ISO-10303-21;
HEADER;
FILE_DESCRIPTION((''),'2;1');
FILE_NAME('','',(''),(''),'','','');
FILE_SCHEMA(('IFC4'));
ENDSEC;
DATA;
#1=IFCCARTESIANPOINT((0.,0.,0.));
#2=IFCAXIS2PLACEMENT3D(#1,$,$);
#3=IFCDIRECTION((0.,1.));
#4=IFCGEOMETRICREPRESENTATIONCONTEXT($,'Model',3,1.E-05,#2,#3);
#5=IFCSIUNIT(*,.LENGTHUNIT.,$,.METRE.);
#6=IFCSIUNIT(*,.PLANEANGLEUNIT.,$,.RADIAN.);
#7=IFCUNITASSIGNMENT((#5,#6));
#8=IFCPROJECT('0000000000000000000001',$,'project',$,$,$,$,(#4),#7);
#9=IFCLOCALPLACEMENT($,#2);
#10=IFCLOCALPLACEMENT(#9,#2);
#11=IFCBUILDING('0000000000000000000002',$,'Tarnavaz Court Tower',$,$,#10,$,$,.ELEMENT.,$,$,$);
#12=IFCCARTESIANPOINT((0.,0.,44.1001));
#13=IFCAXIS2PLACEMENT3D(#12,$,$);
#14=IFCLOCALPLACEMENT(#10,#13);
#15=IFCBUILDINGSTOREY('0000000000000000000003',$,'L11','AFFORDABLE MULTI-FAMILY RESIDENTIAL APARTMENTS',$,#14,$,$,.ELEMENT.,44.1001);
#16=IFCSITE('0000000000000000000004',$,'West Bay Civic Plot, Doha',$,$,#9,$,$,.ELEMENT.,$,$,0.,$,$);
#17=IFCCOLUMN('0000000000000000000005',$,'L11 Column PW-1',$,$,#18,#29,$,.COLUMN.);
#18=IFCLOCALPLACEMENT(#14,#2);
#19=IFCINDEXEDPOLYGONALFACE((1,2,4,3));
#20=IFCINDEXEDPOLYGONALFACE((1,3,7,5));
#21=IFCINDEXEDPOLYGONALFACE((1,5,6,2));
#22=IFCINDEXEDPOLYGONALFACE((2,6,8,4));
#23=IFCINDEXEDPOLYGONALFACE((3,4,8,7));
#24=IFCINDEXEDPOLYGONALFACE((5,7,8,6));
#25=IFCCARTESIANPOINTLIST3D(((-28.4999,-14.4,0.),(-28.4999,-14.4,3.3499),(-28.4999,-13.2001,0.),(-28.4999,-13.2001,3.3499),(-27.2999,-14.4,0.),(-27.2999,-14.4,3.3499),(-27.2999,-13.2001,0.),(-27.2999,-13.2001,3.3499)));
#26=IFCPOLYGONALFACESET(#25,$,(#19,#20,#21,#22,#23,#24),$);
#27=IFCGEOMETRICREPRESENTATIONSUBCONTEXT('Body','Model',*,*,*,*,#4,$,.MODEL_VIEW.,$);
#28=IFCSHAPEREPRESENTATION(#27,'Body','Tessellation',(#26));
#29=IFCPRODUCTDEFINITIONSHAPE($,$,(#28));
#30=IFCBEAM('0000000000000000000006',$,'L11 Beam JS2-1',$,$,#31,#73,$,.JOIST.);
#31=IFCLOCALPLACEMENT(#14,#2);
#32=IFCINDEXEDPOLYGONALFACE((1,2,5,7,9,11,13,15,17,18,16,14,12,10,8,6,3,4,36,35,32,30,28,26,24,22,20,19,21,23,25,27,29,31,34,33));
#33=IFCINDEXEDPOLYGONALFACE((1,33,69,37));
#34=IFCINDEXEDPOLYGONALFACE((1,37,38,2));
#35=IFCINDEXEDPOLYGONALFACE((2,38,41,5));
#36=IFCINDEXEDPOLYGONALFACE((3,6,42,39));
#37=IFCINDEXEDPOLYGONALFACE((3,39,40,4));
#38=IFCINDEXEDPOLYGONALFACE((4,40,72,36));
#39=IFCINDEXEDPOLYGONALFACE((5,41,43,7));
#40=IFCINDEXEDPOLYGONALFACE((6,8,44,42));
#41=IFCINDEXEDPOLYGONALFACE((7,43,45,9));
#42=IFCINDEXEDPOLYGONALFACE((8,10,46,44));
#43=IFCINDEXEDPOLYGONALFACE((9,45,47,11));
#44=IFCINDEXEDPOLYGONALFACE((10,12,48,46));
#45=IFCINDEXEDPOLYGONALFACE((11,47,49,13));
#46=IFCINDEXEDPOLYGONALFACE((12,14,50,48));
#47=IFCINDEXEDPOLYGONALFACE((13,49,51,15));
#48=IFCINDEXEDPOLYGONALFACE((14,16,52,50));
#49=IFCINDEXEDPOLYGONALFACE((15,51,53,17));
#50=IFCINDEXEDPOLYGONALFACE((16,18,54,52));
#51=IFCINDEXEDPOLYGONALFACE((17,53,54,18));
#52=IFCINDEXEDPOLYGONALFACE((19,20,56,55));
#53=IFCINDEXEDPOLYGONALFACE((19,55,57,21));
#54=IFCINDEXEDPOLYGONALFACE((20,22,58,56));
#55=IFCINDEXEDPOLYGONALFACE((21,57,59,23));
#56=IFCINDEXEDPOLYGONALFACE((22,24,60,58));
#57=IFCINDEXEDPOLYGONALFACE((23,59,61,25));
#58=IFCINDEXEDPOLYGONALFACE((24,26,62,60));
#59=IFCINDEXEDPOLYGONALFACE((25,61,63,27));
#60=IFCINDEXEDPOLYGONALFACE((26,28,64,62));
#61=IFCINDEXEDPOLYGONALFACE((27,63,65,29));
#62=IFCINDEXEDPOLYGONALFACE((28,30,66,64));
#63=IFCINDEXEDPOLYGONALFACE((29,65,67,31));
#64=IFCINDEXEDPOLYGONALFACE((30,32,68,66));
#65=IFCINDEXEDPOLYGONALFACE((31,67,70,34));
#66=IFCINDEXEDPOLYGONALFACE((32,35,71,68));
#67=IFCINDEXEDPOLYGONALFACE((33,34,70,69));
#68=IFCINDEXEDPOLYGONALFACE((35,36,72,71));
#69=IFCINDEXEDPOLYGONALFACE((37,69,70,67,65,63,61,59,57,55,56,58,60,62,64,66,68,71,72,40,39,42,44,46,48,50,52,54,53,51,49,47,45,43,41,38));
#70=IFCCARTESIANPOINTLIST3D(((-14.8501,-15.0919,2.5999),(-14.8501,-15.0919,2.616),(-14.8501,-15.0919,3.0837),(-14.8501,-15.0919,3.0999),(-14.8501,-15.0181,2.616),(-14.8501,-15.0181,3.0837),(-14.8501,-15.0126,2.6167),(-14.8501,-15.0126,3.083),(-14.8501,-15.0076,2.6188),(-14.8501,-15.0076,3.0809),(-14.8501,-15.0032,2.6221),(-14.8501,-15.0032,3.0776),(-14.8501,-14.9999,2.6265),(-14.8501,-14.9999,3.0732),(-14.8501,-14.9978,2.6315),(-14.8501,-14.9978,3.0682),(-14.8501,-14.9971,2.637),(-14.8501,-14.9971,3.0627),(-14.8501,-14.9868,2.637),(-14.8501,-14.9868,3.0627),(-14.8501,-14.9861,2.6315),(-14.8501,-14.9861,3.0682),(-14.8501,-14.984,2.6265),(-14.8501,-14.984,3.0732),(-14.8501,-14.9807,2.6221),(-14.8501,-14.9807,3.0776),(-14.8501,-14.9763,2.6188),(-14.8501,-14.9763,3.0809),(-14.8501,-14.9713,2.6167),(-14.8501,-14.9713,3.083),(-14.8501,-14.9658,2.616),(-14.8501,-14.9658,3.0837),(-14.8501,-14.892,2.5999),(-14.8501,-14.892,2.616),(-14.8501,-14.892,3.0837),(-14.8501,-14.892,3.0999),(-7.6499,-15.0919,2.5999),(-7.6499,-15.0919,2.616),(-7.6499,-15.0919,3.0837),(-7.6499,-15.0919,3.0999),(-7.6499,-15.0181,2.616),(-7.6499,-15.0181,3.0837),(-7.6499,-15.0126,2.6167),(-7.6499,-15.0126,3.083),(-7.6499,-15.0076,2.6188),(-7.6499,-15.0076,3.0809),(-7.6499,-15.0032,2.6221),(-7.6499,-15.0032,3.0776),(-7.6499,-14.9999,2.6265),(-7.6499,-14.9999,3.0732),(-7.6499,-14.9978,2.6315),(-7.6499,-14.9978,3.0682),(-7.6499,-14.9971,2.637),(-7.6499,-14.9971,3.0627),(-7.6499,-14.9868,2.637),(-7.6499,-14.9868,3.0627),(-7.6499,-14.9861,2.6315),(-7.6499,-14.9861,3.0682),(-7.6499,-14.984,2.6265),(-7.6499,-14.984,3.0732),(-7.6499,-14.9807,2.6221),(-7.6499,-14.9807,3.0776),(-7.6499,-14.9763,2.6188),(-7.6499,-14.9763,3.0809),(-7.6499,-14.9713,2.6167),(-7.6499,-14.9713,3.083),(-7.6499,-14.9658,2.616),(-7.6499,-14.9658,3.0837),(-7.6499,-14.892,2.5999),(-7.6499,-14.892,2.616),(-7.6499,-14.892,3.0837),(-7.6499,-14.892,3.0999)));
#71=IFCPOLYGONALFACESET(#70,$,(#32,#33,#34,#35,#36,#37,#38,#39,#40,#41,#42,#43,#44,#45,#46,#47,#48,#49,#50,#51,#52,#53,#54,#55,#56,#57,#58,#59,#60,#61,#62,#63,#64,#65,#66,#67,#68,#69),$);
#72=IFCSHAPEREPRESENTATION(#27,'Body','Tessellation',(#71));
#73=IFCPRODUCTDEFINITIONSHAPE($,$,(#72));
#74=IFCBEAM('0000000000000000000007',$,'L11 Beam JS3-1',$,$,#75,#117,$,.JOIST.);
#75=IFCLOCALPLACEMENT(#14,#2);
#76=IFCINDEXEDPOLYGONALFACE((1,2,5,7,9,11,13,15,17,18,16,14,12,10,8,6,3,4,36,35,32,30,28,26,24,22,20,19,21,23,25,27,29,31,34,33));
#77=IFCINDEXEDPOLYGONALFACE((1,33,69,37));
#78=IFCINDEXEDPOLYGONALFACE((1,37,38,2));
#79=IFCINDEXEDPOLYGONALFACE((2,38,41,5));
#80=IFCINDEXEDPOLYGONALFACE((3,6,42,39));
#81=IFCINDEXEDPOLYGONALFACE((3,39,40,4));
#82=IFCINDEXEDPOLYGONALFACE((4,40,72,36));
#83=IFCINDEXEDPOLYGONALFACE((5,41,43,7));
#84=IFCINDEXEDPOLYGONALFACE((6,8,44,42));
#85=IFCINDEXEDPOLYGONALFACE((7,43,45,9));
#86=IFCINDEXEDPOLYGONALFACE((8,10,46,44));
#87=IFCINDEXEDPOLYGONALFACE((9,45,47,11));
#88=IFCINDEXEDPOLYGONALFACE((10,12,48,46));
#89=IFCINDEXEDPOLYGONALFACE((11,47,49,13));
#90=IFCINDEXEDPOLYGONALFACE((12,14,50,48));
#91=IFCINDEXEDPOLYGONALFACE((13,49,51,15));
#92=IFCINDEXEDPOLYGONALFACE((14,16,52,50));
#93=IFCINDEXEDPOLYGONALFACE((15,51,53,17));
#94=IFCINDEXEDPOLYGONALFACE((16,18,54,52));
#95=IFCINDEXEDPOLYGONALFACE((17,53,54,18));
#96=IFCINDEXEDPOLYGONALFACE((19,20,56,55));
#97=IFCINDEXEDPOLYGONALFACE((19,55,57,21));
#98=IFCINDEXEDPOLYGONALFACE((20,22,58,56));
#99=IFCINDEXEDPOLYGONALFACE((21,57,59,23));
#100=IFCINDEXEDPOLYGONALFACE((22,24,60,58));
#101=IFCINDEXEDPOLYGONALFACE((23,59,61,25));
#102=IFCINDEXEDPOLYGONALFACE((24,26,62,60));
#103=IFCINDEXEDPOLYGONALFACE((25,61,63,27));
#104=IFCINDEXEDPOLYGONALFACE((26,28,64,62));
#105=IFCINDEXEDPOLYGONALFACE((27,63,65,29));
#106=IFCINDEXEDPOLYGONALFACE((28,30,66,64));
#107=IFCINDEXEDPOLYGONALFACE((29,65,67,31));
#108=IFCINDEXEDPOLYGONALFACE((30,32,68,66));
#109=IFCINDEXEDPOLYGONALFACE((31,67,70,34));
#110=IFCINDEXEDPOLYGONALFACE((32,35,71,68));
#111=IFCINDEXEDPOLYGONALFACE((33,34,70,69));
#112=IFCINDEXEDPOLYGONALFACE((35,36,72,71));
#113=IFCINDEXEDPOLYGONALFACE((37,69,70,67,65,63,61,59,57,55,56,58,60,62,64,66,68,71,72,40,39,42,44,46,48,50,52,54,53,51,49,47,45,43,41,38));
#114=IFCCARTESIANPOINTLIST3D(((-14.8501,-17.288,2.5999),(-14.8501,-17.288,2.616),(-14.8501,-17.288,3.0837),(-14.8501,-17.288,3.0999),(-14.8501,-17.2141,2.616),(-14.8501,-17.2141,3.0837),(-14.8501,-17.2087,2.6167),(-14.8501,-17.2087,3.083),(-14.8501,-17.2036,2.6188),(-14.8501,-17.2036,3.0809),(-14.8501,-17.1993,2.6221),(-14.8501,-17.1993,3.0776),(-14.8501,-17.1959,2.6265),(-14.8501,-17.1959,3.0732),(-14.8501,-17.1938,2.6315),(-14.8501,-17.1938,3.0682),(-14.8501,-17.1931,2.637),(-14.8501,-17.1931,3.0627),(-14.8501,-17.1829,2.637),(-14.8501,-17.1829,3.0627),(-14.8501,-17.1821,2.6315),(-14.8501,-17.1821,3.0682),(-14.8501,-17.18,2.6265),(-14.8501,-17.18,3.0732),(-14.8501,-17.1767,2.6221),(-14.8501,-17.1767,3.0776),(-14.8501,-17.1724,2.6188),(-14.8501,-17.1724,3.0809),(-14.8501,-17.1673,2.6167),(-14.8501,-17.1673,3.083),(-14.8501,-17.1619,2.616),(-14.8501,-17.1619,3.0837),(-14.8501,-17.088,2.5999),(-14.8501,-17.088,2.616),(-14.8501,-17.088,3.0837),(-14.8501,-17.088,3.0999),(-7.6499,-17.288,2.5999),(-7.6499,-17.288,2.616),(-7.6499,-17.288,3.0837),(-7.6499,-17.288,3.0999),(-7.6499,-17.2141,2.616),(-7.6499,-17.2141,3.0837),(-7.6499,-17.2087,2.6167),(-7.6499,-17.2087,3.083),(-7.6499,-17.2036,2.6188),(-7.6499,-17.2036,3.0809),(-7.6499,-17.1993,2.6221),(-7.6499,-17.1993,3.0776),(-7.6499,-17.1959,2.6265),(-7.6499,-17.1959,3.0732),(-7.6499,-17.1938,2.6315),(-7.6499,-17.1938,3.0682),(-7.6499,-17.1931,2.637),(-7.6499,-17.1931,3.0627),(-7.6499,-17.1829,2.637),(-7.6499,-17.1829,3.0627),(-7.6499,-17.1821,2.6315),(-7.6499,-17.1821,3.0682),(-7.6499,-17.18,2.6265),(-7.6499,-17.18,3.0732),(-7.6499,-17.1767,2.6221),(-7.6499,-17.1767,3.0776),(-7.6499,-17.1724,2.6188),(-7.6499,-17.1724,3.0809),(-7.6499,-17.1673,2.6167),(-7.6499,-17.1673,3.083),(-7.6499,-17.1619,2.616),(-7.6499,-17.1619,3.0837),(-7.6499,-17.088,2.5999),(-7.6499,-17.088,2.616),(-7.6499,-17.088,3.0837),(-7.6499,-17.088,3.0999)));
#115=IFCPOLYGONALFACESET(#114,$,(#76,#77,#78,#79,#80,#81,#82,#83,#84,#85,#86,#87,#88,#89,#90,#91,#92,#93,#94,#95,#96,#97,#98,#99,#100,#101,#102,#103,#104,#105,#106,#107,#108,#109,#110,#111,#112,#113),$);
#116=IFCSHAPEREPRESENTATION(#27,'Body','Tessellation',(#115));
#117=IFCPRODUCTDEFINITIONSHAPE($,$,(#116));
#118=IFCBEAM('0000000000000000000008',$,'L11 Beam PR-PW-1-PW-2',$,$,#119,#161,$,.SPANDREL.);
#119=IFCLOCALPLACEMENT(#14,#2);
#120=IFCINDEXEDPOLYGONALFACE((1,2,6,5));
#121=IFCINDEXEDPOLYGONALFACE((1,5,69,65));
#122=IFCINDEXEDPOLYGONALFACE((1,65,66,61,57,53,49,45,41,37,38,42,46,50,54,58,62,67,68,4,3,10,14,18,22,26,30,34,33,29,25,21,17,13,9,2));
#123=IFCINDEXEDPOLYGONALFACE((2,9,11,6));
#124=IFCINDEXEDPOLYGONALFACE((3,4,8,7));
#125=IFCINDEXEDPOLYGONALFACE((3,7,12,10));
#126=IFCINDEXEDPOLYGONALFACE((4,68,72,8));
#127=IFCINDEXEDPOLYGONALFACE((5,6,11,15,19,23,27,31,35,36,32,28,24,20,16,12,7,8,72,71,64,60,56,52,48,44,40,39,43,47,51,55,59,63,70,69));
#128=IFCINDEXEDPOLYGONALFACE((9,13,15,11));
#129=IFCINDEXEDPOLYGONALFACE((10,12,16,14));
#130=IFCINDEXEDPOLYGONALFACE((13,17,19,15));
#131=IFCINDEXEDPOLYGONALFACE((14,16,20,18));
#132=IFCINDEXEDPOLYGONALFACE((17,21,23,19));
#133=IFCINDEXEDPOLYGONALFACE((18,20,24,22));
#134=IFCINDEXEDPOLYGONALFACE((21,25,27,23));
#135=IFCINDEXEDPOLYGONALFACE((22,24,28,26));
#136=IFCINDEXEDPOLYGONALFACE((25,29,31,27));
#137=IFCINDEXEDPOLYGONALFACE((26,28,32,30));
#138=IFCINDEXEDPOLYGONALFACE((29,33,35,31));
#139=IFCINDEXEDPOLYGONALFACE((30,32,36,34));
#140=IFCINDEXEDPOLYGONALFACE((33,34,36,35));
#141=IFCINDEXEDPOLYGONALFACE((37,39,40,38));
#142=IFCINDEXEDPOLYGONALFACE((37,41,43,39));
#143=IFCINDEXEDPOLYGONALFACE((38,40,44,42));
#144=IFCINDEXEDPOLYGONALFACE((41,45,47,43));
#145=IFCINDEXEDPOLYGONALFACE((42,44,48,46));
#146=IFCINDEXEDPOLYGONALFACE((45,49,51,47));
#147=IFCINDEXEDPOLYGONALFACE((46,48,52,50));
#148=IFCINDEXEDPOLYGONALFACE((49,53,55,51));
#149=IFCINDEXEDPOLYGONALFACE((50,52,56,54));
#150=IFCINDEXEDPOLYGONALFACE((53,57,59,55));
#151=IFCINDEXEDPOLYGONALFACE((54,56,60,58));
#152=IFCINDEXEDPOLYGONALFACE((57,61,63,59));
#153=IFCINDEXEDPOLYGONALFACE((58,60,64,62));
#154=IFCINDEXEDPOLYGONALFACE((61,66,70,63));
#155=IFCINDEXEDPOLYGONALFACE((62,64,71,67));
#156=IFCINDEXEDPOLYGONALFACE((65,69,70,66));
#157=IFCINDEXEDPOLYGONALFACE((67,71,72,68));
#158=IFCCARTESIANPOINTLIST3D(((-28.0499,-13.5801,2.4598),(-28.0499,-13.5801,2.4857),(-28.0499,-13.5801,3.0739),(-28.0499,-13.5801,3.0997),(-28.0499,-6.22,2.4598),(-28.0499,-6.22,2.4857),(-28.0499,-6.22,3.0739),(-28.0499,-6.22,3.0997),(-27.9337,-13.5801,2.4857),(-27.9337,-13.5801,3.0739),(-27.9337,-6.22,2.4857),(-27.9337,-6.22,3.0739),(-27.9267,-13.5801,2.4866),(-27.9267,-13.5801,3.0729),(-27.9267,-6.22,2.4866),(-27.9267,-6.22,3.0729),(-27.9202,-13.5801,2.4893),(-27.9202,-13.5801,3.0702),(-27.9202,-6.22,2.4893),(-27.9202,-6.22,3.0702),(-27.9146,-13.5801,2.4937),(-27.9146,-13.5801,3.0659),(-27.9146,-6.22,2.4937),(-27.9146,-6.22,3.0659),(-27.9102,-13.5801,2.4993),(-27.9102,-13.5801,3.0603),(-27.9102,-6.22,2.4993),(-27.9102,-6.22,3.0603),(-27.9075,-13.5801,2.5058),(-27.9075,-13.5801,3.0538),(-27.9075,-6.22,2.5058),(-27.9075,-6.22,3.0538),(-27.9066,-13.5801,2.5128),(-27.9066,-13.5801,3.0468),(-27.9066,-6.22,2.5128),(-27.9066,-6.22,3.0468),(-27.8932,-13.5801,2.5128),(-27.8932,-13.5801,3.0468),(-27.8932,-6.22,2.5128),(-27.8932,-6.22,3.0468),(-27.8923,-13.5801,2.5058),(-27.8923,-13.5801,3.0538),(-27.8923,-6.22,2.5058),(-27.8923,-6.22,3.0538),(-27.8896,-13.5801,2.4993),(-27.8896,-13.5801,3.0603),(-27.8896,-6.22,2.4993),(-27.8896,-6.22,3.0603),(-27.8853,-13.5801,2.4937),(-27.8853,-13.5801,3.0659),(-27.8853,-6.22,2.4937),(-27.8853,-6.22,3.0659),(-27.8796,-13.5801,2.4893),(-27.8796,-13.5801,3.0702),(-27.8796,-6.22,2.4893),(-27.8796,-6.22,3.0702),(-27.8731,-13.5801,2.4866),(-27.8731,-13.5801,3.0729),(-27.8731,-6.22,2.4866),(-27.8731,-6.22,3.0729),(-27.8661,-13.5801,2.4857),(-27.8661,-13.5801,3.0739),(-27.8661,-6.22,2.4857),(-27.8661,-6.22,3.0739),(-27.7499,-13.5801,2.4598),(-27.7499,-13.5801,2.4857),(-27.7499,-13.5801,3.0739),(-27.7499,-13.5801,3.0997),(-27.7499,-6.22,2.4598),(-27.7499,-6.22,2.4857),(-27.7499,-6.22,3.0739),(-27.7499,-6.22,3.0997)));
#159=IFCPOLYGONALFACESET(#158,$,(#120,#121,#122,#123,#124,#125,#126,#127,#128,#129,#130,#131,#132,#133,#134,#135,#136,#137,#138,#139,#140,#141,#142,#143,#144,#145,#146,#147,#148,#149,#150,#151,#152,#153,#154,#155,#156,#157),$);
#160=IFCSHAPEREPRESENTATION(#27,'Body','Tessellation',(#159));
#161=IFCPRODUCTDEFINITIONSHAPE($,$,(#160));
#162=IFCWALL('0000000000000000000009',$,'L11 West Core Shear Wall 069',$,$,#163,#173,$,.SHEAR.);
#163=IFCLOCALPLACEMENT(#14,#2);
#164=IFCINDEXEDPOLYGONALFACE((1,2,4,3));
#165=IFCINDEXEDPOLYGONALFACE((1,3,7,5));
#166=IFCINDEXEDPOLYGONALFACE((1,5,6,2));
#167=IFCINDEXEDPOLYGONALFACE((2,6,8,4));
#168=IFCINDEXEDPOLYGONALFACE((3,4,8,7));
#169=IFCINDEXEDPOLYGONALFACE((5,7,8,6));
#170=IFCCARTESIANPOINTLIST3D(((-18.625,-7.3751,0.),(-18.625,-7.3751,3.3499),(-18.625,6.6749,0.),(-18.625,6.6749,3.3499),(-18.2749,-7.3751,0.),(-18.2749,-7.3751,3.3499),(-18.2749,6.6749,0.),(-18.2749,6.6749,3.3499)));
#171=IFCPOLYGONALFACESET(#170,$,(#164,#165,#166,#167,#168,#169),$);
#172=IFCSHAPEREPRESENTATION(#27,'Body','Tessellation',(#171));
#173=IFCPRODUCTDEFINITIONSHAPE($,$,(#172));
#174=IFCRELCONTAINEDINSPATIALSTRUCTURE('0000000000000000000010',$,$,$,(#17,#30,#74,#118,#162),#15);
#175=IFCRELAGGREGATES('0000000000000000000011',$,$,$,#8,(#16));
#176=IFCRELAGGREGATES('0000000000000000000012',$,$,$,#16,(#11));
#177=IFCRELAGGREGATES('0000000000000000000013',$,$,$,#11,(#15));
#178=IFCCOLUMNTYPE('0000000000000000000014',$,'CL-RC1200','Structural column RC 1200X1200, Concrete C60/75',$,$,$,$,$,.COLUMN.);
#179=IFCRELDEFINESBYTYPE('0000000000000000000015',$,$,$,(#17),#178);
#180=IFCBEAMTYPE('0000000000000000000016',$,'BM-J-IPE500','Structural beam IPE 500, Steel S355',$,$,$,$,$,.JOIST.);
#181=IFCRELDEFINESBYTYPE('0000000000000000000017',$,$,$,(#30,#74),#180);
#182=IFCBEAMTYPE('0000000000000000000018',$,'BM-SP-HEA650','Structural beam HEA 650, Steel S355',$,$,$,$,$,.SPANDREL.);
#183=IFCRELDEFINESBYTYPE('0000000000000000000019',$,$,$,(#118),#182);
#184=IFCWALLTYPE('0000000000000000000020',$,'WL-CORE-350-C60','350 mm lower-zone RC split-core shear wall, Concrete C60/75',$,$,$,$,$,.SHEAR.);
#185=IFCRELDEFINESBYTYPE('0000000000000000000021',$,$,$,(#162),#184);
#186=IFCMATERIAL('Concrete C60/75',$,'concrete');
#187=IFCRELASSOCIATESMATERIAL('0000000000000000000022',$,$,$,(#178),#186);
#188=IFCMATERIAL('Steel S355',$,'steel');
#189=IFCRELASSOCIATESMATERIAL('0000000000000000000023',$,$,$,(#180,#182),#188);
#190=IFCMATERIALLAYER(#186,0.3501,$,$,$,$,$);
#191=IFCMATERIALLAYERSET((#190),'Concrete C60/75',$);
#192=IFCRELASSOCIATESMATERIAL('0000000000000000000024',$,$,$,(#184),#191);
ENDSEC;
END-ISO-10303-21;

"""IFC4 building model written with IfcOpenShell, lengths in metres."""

from ifc_helpers import new_model, si_unit, direction, frame, frame_2d, origin, origin_2d, place, context, subcontext, project, spatial, rectangle, i_section, extrude, material, layer, layer_set, material_profile, profile_set, type_object, element, save


model = new_model("IFC4")

# Units and contexts
model_context = context("Model", 3, precision=1e-05, world=origin(), true_north=direction((0.0, 1.0)))
body_context = subcontext(model_context, "Body", "Model", "MODEL_VIEW")
ifc_project = project(units=[si_unit("LENGTHUNIT", "METRE"), si_unit("PLANEANGLEUNIT", "RADIAN")], contexts=[model_context])

# Site, building, storey
site_placement = place(None, origin())
site = spatial("IfcSite", under=ifc_project, at=site_placement, Name="West Bay Civic Plot, Doha", CompositionType="ELEMENT", RefElevation=0.0)
building_placement = place(site_placement, origin())
building = spatial("IfcBuilding", under=site, at=building_placement, Name="Tarnavaz Court Tower", CompositionType="ELEMENT")
storey_placement = place(building_placement, frame((0.0, 0.0, 44.1001)))
storey = spatial("IfcBuildingStorey", under=building, at=storey_placement, Name="L11", Description="AFFORDABLE MULTI-FAMILY RESIDENTIAL APARTMENTS", CompositionType="ELEMENT", Elevation=44.1001)

# Column
ifc_material_1 = material(Name="Concrete C60/75", Category="concrete")
ifc_material_profile_1 = material_profile(ifc_material_1, rectangle(XDim=1.2, YDim=1.2, at=origin_2d()), Name="RC 1200X1200")
ifc_profile_set_1 = profile_set([ifc_material_profile_1], Name="Concrete C60/75")
column_type = type_object("IfcColumnType", Name="CL-RC1200", Description="Structural column RC 1200X1200, Concrete C60/75", PredefinedType="COLUMN", material=ifc_profile_set_1)
column_placement = place(storey_placement, frame((-27.8999, -13.8, 0.0), z_axis=(0.0, 0.0, 1.0), x_axis=(1.0, 0.0, 0.0)))
element("IfcColumn", 1, at=column_placement, inside=storey, type_object=column_type, Name="L11 Column PW-1", PredefinedType="COLUMN", context=body_context, shape_type="SweptSolid", body=[
    extrude(rectangle(XDim=1.2, YDim=1.2, at=origin_2d()), origin(), (0.0, 0.0, 1.0), 3.3499),
])

# Beams
ifc_material_2 = material(Name="Steel S355", Category="steel")
ifc_material_profile_2 = material_profile(ifc_material_2, i_section(OverallWidth=0.2, OverallDepth=0.5, WebThickness=0.0103, FlangeThickness=0.0161, FilletRadius=0.021, at=origin_2d()), Name="IPE 500")
ifc_profile_set_2 = profile_set([ifc_material_profile_2], Name="Steel S355")
beam_type_1 = type_object("IfcBeamType", Name="BM-J-IPE500", Description="Structural beam IPE 500, Steel S355", PredefinedType="JOIST", material=ifc_profile_set_2)
for number, where, z_axis, x_axis, name in (
    (2, (-14.8501, -14.9919, 2.8499), (1.0, 0.0, 0.0), (0.0, 1.0, 0.0), "L11 Beam JS2-1"),
    (3, (-14.8501, -17.188, 2.8499), (1.0, 0.0, 0.0), (0.0, 1.0, 0.0), "L11 Beam JS3-1"),
):
    element("IfcBeam", number, at=place(storey_placement, frame(where, z_axis=z_axis, x_axis=x_axis)), inside=storey, type_object=beam_type_1, Name=name, PredefinedType="JOIST", context=body_context, shape_type="SweptSolid", body=[
        extrude(i_section(OverallWidth=0.2, OverallDepth=0.5, WebThickness=0.0103, FlangeThickness=0.0161, FilletRadius=0.021, at=origin_2d()), origin(), (0.0, 0.0, 1.0), 7.2002),
    ])
ifc_material_profile_3 = material_profile(ifc_material_2, i_section(OverallWidth=0.3, OverallDepth=0.6399, WebThickness=0.0134, FlangeThickness=0.0259, FilletRadius=0.0271, at=origin_2d()), Name="HEA 650")
ifc_profile_set_3 = profile_set([ifc_material_profile_3], Name="Steel S355")
beam_type_2 = type_object("IfcBeamType", Name="BM-SP-HEA650", Description="Structural beam HEA 650, Steel S355", PredefinedType="SPANDREL", material=ifc_profile_set_3)
beam_placement = place(storey_placement, frame((-27.8999, -13.5801, 2.7798), z_axis=(0.0, 1.0, 0.0), x_axis=(-1.0, 0.0, 0.0)))
element("IfcBeam", 4, at=beam_placement, inside=storey, type_object=beam_type_2, Name="L11 Beam PR-PW-1-PW-2", PredefinedType="SPANDREL", context=body_context, shape_type="SweptSolid", body=[
    extrude(i_section(OverallWidth=0.3, OverallDepth=0.6399, WebThickness=0.0134, FlangeThickness=0.0259, FilletRadius=0.0271, at=origin_2d()), origin(), (0.0, 0.0, 1.0), 7.3601),
])

# Wall
ifc_layer_1 = layer(ifc_material_1, 0.3501)
ifc_layer_set_1 = layer_set([ifc_layer_1], Name="Concrete C60/75")
wall_type_1 = type_object("IfcWallType", Name="WL-CORE-350-C60", Description="350 mm lower-zone RC split-core shear wall, Concrete C60/75", PredefinedType="SHEAR", material=ifc_layer_set_1)
wall_1_placement = place(storey_placement, frame((-18.45, -7.375, 0.0), z_axis=(0.0, 0.0, 1.0), x_axis=(0.0, 1.0, 0.0)))
element("IfcWall", 5, at=wall_1_placement, inside=storey, type_object=wall_type_1, Name="L11 West Core Shear Wall 069", PredefinedType="SHEAR", context=body_context, shape_type="SweptSolid", body=[
    extrude(rectangle(XDim=14.05, YDim=0.3501, at=frame_2d((7.0249, 0.0))), origin(), (0.0, 0.0, 1.0), 3.3499),
])

save(model, "model.ifc")
